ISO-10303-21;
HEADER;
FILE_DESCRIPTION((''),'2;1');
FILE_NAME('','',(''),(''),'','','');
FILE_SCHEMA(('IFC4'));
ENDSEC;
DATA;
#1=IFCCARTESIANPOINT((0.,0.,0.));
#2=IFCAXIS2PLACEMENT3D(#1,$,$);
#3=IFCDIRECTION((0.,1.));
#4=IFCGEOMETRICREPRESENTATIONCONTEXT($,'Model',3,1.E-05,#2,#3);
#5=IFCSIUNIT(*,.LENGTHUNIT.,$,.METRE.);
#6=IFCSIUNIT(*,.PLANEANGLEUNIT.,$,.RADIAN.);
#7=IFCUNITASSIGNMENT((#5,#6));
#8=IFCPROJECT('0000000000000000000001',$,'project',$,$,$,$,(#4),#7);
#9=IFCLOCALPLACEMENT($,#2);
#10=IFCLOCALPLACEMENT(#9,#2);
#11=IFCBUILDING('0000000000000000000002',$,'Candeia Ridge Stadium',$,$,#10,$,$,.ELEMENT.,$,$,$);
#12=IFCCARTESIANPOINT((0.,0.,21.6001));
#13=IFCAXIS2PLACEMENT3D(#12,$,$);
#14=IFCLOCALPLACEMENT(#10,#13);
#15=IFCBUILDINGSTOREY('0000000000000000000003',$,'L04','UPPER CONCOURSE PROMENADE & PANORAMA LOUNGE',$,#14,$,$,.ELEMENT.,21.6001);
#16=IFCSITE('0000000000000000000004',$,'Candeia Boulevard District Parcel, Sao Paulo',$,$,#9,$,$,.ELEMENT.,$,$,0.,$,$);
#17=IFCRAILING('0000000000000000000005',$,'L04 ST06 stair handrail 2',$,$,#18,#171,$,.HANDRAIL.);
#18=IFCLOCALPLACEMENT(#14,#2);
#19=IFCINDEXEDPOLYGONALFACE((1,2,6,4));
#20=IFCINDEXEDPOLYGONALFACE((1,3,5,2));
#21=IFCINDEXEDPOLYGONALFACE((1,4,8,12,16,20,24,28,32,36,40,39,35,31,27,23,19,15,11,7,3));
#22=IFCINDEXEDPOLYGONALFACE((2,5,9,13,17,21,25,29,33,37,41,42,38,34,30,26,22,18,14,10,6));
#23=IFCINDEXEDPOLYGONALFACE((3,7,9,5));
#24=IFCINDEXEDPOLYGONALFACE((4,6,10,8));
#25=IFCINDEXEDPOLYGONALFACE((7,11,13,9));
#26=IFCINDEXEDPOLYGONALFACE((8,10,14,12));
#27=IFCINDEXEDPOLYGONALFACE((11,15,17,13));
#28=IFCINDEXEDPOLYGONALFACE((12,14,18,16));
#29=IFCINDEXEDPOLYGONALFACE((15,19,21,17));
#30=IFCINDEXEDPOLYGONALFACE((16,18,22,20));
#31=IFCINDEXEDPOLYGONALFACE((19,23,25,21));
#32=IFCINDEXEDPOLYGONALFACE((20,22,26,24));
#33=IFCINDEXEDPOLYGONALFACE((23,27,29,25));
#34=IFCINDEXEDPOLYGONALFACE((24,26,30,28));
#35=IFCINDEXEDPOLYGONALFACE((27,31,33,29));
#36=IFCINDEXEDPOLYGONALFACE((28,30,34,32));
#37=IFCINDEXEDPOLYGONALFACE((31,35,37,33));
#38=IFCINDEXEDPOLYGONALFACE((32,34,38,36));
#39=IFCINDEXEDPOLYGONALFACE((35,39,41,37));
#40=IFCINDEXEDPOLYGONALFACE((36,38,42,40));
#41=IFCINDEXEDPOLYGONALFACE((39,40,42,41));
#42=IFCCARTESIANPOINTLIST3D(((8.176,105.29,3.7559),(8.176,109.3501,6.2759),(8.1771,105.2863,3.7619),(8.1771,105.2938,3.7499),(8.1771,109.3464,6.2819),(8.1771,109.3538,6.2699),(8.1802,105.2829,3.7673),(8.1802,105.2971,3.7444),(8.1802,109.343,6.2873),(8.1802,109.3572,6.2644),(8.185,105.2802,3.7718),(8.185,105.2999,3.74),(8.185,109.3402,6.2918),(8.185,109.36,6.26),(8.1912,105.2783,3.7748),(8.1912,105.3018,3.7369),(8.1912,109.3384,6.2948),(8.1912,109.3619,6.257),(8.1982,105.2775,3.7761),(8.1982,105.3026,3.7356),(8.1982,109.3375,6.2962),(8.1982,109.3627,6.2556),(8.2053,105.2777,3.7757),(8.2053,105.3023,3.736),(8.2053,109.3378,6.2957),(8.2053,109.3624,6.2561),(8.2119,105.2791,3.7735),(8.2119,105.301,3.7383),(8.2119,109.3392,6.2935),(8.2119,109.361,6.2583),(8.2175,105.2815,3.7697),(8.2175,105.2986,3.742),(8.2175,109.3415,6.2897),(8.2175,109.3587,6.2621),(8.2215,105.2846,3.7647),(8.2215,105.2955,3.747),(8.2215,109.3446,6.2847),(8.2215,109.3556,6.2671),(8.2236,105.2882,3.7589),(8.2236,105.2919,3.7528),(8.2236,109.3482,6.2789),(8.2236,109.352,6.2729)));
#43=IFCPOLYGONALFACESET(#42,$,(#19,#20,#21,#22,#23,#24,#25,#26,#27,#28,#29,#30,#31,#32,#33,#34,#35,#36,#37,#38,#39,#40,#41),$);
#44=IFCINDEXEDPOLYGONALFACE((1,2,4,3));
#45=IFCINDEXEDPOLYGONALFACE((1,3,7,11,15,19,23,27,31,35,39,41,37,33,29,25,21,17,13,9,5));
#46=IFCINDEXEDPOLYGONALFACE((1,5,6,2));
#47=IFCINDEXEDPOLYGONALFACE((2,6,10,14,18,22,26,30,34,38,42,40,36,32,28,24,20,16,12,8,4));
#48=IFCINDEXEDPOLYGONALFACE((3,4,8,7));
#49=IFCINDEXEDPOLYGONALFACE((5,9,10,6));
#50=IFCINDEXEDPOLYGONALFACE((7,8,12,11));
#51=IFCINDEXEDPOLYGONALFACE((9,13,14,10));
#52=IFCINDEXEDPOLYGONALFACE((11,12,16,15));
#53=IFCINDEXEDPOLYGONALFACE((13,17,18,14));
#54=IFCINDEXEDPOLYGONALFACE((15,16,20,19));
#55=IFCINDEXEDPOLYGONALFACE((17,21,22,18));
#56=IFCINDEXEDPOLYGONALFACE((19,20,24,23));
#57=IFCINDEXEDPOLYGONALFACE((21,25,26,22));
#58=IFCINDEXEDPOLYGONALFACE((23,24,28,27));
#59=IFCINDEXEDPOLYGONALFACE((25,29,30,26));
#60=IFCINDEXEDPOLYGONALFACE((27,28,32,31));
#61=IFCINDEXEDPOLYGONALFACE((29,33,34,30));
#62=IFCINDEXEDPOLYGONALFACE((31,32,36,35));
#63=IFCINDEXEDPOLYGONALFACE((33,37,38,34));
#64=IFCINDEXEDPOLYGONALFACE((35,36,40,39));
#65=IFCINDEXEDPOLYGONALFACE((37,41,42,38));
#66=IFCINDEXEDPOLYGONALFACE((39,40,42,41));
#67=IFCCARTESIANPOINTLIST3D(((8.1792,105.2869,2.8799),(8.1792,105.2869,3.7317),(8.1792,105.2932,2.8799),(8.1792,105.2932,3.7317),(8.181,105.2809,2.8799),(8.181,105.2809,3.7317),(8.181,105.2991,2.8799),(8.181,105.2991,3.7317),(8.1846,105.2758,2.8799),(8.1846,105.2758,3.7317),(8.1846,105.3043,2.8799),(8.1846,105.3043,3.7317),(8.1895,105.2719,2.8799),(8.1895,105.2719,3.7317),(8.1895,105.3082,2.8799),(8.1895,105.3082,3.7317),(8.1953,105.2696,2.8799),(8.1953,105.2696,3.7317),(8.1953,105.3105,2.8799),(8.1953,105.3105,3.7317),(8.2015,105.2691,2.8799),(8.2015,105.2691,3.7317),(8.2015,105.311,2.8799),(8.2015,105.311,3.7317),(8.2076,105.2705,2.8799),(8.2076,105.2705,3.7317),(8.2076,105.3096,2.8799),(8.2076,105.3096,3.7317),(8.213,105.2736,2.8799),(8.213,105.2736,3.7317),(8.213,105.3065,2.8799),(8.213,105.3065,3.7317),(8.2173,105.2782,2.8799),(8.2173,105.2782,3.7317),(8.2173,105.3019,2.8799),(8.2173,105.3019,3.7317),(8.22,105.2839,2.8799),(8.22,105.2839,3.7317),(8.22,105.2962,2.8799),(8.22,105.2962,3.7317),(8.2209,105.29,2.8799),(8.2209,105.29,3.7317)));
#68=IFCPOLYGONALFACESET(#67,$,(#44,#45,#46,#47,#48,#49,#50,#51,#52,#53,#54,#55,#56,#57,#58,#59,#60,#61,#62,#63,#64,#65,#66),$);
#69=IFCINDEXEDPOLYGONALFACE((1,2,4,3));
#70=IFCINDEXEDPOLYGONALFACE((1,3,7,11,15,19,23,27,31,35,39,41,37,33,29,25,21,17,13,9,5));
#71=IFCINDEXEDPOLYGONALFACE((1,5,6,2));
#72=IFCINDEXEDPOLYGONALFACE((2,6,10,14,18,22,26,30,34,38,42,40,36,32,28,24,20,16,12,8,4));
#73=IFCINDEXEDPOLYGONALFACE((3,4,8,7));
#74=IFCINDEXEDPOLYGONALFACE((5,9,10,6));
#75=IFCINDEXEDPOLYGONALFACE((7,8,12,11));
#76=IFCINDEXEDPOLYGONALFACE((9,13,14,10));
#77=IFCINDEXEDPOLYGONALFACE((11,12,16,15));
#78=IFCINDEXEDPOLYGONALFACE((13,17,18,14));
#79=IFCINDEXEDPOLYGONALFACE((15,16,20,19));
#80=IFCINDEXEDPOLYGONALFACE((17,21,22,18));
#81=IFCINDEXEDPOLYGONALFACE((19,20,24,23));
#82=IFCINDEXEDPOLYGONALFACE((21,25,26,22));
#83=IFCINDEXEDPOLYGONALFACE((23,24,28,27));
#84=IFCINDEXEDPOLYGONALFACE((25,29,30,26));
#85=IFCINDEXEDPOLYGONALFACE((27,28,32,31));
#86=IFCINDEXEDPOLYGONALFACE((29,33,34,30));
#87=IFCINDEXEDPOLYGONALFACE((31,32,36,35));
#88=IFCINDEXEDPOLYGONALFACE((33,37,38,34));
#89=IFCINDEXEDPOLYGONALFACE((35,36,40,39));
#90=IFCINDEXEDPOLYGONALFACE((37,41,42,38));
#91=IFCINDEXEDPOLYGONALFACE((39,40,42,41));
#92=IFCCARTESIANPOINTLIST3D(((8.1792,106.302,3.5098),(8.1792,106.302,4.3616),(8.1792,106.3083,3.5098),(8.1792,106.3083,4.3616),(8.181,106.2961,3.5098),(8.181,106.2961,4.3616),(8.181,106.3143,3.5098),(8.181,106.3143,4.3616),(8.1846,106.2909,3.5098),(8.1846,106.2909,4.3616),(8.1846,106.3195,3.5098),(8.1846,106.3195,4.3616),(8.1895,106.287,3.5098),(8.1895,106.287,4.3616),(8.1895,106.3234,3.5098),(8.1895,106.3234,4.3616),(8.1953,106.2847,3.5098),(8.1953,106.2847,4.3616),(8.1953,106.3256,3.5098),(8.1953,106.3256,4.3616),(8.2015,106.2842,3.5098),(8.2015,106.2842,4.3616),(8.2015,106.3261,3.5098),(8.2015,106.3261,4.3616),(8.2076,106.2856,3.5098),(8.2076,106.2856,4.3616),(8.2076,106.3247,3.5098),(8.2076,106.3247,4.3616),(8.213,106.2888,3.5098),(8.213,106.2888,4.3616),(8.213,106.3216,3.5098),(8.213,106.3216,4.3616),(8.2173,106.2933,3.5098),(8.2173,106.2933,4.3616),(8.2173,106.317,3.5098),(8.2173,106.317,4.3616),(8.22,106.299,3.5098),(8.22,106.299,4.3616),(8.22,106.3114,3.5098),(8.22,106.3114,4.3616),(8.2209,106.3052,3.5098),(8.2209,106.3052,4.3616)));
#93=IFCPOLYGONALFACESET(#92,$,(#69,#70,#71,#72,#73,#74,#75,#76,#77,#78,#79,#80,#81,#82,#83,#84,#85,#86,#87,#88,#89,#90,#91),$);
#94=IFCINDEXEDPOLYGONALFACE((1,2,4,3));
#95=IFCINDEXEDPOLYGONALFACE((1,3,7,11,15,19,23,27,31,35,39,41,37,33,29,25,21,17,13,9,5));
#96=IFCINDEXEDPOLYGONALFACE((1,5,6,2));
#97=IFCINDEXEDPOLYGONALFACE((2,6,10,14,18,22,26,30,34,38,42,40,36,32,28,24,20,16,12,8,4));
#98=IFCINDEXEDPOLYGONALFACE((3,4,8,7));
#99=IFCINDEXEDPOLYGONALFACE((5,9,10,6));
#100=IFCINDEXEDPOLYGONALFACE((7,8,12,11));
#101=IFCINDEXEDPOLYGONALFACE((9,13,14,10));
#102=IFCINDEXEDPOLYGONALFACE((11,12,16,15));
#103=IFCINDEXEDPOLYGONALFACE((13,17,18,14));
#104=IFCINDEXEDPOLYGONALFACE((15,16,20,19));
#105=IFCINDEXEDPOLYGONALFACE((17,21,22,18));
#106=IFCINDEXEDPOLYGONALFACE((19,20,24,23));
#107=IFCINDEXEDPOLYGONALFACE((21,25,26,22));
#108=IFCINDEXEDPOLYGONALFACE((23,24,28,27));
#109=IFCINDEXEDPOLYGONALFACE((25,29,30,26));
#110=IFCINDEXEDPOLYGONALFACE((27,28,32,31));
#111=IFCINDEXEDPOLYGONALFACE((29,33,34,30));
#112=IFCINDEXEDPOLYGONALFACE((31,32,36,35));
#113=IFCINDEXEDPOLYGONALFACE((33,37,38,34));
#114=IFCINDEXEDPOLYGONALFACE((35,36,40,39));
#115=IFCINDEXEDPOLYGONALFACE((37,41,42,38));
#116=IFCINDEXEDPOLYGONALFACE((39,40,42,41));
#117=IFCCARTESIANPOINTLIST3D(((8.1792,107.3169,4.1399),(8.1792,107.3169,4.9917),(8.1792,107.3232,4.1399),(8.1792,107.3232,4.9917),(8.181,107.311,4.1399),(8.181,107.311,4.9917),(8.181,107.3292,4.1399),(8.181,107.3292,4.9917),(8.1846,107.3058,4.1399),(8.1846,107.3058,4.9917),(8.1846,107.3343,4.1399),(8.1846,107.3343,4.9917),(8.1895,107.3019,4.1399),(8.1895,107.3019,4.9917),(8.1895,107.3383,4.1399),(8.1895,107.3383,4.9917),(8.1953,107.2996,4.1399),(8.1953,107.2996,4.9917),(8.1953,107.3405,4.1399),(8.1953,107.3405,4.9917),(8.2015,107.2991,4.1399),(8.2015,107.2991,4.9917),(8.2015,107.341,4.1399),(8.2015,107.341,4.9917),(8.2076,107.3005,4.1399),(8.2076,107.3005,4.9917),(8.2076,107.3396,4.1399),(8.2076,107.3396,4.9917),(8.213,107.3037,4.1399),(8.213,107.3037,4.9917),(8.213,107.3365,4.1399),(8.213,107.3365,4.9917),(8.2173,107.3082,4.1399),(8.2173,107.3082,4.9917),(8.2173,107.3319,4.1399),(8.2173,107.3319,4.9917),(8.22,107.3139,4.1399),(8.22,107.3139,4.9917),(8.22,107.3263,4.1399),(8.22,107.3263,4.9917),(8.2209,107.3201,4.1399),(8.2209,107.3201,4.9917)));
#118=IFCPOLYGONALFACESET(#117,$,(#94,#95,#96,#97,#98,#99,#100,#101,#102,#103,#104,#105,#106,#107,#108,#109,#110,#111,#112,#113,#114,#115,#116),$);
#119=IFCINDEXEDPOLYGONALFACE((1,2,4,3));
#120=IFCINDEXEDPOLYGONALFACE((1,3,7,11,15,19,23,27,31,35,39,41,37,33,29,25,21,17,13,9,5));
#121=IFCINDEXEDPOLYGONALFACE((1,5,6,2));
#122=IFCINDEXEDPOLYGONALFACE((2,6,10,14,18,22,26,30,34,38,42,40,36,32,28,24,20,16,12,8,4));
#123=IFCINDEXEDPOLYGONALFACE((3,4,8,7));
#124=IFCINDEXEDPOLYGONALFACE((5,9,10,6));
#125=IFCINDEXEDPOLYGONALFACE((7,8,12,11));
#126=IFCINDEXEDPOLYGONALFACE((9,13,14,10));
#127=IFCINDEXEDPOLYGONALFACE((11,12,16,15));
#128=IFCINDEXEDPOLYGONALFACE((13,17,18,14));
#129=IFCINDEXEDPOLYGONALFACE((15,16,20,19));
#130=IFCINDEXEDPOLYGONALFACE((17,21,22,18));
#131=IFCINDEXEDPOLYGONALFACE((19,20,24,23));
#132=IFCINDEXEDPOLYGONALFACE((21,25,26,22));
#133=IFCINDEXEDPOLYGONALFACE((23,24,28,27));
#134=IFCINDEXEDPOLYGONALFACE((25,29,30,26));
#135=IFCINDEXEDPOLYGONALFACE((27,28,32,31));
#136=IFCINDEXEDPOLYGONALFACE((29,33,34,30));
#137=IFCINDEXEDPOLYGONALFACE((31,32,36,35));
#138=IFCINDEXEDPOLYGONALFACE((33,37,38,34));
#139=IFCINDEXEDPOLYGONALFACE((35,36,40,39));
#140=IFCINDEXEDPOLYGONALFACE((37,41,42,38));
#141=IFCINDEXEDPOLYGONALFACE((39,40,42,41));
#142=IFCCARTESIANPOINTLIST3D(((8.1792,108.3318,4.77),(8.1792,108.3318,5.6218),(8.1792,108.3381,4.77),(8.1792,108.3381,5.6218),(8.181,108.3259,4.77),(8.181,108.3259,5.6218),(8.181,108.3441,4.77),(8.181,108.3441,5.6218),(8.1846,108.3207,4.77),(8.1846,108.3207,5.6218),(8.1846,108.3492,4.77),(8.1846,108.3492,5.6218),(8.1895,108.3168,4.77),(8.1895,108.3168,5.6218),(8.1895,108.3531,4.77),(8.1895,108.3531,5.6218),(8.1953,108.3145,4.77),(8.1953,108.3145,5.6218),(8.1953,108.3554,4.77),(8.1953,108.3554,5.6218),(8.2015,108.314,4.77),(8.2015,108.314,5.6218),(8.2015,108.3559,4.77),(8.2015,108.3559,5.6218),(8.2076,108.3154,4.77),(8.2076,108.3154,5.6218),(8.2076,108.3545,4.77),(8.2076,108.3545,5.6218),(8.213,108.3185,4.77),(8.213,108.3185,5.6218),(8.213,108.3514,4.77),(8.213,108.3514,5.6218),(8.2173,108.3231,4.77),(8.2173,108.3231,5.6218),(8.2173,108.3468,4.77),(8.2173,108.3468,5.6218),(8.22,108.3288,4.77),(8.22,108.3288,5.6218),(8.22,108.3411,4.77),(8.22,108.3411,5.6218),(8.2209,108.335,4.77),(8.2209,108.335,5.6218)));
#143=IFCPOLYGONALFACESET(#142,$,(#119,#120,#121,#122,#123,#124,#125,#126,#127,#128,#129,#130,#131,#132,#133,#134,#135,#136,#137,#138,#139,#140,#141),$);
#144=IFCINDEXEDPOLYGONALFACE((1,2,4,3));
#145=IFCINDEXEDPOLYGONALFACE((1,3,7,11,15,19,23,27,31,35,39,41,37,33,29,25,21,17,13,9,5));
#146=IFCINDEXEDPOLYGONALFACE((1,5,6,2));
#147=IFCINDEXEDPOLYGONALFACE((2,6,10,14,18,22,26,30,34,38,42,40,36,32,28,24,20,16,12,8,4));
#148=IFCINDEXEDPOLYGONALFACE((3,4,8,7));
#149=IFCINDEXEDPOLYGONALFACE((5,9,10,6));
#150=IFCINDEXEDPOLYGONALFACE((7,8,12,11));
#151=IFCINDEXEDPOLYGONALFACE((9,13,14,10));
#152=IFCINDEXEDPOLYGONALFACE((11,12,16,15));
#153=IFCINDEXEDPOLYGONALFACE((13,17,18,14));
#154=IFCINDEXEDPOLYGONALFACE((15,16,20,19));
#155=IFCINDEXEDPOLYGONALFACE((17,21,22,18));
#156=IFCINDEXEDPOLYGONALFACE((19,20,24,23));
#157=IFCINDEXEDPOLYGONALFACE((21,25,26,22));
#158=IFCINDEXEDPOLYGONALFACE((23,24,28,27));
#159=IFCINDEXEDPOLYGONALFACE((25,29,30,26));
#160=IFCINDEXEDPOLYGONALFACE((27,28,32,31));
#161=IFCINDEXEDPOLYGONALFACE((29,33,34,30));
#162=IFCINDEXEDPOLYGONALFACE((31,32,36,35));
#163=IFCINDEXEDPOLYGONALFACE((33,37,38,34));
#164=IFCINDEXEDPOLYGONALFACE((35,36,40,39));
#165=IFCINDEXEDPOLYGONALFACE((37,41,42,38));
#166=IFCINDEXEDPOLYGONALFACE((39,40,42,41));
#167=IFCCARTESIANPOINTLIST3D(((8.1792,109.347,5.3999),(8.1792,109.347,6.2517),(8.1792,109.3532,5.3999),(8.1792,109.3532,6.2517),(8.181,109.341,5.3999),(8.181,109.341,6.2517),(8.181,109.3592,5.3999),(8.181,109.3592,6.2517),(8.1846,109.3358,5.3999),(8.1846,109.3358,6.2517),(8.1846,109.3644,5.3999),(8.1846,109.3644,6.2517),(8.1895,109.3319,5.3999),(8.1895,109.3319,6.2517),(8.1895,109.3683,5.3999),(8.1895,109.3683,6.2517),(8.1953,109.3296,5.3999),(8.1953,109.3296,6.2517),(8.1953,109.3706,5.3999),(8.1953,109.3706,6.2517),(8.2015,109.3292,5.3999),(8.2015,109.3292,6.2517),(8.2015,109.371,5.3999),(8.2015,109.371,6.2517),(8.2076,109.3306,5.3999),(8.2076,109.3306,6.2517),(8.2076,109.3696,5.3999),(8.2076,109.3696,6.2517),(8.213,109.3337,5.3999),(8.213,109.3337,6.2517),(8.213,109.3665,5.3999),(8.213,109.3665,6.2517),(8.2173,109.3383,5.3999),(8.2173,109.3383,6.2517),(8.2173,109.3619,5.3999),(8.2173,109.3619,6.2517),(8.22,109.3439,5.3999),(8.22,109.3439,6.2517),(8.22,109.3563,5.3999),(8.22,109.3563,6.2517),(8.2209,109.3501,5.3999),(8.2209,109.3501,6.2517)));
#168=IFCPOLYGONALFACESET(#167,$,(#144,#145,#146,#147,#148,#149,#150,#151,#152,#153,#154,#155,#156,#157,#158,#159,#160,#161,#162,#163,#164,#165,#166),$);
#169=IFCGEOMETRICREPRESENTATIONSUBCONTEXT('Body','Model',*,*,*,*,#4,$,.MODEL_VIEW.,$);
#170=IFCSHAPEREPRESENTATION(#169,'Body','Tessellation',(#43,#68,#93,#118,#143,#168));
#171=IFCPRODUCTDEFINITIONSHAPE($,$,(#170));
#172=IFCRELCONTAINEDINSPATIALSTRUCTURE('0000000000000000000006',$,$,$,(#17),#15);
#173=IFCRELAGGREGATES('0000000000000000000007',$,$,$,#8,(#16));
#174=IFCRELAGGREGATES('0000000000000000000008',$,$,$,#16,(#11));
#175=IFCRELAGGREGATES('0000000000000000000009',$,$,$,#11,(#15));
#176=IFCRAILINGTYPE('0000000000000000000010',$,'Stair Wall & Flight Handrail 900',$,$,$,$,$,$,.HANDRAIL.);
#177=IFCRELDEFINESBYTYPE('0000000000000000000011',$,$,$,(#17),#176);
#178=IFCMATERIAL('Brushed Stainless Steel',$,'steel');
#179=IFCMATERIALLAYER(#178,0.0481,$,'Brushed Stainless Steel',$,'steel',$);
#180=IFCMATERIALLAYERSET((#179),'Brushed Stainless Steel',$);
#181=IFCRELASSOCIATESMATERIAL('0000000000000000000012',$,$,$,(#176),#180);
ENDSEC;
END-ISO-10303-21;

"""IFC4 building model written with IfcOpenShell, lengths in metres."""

from ifc_helpers import new_model, si_unit, direction, frame, origin, origin_2d, place, context, subcontext, project, spatial, circle, extrude, material, layer, layer_set, type_object, element, save


model = new_model("IFC4")

# Units and contexts
model_context = context("Model", 3, precision=1e-05, world=origin(), true_north=direction((0.0, 1.0)))
body_context = subcontext(model_context, "Body", "Model", "MODEL_VIEW")
ifc_project = project(units=[si_unit("LENGTHUNIT", "METRE"), si_unit("PLANEANGLEUNIT", "RADIAN")], contexts=[model_context])

# Site, building, storey
site_placement = place(None, origin())
site = spatial("IfcSite", under=ifc_project, at=site_placement, Name="Candeia Boulevard District Parcel, Sao Paulo", CompositionType="ELEMENT", RefElevation=0.0)
building_placement = place(site_placement, origin())
building = spatial("IfcBuilding", under=site, at=building_placement, Name="Candeia Ridge Stadium", CompositionType="ELEMENT")
storey_placement = place(building_placement, frame((0.0, 0.0, 21.6001)))
storey = spatial("IfcBuildingStorey", under=building, at=storey_placement, Name="L04", Description="UPPER CONCOURSE PROMENADE & PANORAMA LOUNGE", CompositionType="ELEMENT", Elevation=21.6001)

# Railing
ifc_material_1 = material(Name="Brushed Stainless Steel", Category="steel")
ifc_layer_1 = layer(ifc_material_1, 0.0481, Name="Brushed Stainless Steel", Category="steel")
ifc_layer_set_1 = layer_set([ifc_layer_1], Name="Brushed Stainless Steel")
railing_type_1 = type_object("IfcRailingType", Name="Stair Wall & Flight Handrail 900", PredefinedType="HANDRAIL", material=ifc_layer_set_1)
railing_1_placement = place(storey_placement, frame((8.2, 105.29, 2.8799)))
element("IfcRailing", 1, at=railing_1_placement, inside=storey, type_object=railing_type_1, Name="L04 ST06 stair handrail 2", PredefinedType="HANDRAIL", context=body_context, shape_type="SweptSolid", body=[
    extrude(circle(Radius=0.0239, at=origin_2d()), frame((0.0, 0.0, 0.876), z_axis=(0.0, 0.849642, 0.52736), x_axis=(-1.0, 0.0, 0.0)), (0.0, 0.0, 1.0), 4.7786),
    extrude(circle(Radius=0.021, at=origin_2d()), origin(), (0.0, 0.0, 1.0), 0.8518),
    extrude(circle(Radius=0.021, at=origin_2d()), frame((0.0, 1.0151, 0.6299)), (0.0, 0.0, 1.0), 0.8518),
    extrude(circle(Radius=0.021, at=origin_2d()), frame((0.0, 2.03, 1.26)), (0.0, 0.0, 1.0), 0.8518),
    extrude(circle(Radius=0.021, at=origin_2d()), frame((0.0, 3.0449, 1.8901)), (0.0, 0.0, 1.0), 0.8518),
    extrude(circle(Radius=0.021, at=origin_2d()), frame((0.0, 4.0601, 2.52)), (0.0, 0.0, 1.0), 0.8518),
])

save(model, "model.ifc")
